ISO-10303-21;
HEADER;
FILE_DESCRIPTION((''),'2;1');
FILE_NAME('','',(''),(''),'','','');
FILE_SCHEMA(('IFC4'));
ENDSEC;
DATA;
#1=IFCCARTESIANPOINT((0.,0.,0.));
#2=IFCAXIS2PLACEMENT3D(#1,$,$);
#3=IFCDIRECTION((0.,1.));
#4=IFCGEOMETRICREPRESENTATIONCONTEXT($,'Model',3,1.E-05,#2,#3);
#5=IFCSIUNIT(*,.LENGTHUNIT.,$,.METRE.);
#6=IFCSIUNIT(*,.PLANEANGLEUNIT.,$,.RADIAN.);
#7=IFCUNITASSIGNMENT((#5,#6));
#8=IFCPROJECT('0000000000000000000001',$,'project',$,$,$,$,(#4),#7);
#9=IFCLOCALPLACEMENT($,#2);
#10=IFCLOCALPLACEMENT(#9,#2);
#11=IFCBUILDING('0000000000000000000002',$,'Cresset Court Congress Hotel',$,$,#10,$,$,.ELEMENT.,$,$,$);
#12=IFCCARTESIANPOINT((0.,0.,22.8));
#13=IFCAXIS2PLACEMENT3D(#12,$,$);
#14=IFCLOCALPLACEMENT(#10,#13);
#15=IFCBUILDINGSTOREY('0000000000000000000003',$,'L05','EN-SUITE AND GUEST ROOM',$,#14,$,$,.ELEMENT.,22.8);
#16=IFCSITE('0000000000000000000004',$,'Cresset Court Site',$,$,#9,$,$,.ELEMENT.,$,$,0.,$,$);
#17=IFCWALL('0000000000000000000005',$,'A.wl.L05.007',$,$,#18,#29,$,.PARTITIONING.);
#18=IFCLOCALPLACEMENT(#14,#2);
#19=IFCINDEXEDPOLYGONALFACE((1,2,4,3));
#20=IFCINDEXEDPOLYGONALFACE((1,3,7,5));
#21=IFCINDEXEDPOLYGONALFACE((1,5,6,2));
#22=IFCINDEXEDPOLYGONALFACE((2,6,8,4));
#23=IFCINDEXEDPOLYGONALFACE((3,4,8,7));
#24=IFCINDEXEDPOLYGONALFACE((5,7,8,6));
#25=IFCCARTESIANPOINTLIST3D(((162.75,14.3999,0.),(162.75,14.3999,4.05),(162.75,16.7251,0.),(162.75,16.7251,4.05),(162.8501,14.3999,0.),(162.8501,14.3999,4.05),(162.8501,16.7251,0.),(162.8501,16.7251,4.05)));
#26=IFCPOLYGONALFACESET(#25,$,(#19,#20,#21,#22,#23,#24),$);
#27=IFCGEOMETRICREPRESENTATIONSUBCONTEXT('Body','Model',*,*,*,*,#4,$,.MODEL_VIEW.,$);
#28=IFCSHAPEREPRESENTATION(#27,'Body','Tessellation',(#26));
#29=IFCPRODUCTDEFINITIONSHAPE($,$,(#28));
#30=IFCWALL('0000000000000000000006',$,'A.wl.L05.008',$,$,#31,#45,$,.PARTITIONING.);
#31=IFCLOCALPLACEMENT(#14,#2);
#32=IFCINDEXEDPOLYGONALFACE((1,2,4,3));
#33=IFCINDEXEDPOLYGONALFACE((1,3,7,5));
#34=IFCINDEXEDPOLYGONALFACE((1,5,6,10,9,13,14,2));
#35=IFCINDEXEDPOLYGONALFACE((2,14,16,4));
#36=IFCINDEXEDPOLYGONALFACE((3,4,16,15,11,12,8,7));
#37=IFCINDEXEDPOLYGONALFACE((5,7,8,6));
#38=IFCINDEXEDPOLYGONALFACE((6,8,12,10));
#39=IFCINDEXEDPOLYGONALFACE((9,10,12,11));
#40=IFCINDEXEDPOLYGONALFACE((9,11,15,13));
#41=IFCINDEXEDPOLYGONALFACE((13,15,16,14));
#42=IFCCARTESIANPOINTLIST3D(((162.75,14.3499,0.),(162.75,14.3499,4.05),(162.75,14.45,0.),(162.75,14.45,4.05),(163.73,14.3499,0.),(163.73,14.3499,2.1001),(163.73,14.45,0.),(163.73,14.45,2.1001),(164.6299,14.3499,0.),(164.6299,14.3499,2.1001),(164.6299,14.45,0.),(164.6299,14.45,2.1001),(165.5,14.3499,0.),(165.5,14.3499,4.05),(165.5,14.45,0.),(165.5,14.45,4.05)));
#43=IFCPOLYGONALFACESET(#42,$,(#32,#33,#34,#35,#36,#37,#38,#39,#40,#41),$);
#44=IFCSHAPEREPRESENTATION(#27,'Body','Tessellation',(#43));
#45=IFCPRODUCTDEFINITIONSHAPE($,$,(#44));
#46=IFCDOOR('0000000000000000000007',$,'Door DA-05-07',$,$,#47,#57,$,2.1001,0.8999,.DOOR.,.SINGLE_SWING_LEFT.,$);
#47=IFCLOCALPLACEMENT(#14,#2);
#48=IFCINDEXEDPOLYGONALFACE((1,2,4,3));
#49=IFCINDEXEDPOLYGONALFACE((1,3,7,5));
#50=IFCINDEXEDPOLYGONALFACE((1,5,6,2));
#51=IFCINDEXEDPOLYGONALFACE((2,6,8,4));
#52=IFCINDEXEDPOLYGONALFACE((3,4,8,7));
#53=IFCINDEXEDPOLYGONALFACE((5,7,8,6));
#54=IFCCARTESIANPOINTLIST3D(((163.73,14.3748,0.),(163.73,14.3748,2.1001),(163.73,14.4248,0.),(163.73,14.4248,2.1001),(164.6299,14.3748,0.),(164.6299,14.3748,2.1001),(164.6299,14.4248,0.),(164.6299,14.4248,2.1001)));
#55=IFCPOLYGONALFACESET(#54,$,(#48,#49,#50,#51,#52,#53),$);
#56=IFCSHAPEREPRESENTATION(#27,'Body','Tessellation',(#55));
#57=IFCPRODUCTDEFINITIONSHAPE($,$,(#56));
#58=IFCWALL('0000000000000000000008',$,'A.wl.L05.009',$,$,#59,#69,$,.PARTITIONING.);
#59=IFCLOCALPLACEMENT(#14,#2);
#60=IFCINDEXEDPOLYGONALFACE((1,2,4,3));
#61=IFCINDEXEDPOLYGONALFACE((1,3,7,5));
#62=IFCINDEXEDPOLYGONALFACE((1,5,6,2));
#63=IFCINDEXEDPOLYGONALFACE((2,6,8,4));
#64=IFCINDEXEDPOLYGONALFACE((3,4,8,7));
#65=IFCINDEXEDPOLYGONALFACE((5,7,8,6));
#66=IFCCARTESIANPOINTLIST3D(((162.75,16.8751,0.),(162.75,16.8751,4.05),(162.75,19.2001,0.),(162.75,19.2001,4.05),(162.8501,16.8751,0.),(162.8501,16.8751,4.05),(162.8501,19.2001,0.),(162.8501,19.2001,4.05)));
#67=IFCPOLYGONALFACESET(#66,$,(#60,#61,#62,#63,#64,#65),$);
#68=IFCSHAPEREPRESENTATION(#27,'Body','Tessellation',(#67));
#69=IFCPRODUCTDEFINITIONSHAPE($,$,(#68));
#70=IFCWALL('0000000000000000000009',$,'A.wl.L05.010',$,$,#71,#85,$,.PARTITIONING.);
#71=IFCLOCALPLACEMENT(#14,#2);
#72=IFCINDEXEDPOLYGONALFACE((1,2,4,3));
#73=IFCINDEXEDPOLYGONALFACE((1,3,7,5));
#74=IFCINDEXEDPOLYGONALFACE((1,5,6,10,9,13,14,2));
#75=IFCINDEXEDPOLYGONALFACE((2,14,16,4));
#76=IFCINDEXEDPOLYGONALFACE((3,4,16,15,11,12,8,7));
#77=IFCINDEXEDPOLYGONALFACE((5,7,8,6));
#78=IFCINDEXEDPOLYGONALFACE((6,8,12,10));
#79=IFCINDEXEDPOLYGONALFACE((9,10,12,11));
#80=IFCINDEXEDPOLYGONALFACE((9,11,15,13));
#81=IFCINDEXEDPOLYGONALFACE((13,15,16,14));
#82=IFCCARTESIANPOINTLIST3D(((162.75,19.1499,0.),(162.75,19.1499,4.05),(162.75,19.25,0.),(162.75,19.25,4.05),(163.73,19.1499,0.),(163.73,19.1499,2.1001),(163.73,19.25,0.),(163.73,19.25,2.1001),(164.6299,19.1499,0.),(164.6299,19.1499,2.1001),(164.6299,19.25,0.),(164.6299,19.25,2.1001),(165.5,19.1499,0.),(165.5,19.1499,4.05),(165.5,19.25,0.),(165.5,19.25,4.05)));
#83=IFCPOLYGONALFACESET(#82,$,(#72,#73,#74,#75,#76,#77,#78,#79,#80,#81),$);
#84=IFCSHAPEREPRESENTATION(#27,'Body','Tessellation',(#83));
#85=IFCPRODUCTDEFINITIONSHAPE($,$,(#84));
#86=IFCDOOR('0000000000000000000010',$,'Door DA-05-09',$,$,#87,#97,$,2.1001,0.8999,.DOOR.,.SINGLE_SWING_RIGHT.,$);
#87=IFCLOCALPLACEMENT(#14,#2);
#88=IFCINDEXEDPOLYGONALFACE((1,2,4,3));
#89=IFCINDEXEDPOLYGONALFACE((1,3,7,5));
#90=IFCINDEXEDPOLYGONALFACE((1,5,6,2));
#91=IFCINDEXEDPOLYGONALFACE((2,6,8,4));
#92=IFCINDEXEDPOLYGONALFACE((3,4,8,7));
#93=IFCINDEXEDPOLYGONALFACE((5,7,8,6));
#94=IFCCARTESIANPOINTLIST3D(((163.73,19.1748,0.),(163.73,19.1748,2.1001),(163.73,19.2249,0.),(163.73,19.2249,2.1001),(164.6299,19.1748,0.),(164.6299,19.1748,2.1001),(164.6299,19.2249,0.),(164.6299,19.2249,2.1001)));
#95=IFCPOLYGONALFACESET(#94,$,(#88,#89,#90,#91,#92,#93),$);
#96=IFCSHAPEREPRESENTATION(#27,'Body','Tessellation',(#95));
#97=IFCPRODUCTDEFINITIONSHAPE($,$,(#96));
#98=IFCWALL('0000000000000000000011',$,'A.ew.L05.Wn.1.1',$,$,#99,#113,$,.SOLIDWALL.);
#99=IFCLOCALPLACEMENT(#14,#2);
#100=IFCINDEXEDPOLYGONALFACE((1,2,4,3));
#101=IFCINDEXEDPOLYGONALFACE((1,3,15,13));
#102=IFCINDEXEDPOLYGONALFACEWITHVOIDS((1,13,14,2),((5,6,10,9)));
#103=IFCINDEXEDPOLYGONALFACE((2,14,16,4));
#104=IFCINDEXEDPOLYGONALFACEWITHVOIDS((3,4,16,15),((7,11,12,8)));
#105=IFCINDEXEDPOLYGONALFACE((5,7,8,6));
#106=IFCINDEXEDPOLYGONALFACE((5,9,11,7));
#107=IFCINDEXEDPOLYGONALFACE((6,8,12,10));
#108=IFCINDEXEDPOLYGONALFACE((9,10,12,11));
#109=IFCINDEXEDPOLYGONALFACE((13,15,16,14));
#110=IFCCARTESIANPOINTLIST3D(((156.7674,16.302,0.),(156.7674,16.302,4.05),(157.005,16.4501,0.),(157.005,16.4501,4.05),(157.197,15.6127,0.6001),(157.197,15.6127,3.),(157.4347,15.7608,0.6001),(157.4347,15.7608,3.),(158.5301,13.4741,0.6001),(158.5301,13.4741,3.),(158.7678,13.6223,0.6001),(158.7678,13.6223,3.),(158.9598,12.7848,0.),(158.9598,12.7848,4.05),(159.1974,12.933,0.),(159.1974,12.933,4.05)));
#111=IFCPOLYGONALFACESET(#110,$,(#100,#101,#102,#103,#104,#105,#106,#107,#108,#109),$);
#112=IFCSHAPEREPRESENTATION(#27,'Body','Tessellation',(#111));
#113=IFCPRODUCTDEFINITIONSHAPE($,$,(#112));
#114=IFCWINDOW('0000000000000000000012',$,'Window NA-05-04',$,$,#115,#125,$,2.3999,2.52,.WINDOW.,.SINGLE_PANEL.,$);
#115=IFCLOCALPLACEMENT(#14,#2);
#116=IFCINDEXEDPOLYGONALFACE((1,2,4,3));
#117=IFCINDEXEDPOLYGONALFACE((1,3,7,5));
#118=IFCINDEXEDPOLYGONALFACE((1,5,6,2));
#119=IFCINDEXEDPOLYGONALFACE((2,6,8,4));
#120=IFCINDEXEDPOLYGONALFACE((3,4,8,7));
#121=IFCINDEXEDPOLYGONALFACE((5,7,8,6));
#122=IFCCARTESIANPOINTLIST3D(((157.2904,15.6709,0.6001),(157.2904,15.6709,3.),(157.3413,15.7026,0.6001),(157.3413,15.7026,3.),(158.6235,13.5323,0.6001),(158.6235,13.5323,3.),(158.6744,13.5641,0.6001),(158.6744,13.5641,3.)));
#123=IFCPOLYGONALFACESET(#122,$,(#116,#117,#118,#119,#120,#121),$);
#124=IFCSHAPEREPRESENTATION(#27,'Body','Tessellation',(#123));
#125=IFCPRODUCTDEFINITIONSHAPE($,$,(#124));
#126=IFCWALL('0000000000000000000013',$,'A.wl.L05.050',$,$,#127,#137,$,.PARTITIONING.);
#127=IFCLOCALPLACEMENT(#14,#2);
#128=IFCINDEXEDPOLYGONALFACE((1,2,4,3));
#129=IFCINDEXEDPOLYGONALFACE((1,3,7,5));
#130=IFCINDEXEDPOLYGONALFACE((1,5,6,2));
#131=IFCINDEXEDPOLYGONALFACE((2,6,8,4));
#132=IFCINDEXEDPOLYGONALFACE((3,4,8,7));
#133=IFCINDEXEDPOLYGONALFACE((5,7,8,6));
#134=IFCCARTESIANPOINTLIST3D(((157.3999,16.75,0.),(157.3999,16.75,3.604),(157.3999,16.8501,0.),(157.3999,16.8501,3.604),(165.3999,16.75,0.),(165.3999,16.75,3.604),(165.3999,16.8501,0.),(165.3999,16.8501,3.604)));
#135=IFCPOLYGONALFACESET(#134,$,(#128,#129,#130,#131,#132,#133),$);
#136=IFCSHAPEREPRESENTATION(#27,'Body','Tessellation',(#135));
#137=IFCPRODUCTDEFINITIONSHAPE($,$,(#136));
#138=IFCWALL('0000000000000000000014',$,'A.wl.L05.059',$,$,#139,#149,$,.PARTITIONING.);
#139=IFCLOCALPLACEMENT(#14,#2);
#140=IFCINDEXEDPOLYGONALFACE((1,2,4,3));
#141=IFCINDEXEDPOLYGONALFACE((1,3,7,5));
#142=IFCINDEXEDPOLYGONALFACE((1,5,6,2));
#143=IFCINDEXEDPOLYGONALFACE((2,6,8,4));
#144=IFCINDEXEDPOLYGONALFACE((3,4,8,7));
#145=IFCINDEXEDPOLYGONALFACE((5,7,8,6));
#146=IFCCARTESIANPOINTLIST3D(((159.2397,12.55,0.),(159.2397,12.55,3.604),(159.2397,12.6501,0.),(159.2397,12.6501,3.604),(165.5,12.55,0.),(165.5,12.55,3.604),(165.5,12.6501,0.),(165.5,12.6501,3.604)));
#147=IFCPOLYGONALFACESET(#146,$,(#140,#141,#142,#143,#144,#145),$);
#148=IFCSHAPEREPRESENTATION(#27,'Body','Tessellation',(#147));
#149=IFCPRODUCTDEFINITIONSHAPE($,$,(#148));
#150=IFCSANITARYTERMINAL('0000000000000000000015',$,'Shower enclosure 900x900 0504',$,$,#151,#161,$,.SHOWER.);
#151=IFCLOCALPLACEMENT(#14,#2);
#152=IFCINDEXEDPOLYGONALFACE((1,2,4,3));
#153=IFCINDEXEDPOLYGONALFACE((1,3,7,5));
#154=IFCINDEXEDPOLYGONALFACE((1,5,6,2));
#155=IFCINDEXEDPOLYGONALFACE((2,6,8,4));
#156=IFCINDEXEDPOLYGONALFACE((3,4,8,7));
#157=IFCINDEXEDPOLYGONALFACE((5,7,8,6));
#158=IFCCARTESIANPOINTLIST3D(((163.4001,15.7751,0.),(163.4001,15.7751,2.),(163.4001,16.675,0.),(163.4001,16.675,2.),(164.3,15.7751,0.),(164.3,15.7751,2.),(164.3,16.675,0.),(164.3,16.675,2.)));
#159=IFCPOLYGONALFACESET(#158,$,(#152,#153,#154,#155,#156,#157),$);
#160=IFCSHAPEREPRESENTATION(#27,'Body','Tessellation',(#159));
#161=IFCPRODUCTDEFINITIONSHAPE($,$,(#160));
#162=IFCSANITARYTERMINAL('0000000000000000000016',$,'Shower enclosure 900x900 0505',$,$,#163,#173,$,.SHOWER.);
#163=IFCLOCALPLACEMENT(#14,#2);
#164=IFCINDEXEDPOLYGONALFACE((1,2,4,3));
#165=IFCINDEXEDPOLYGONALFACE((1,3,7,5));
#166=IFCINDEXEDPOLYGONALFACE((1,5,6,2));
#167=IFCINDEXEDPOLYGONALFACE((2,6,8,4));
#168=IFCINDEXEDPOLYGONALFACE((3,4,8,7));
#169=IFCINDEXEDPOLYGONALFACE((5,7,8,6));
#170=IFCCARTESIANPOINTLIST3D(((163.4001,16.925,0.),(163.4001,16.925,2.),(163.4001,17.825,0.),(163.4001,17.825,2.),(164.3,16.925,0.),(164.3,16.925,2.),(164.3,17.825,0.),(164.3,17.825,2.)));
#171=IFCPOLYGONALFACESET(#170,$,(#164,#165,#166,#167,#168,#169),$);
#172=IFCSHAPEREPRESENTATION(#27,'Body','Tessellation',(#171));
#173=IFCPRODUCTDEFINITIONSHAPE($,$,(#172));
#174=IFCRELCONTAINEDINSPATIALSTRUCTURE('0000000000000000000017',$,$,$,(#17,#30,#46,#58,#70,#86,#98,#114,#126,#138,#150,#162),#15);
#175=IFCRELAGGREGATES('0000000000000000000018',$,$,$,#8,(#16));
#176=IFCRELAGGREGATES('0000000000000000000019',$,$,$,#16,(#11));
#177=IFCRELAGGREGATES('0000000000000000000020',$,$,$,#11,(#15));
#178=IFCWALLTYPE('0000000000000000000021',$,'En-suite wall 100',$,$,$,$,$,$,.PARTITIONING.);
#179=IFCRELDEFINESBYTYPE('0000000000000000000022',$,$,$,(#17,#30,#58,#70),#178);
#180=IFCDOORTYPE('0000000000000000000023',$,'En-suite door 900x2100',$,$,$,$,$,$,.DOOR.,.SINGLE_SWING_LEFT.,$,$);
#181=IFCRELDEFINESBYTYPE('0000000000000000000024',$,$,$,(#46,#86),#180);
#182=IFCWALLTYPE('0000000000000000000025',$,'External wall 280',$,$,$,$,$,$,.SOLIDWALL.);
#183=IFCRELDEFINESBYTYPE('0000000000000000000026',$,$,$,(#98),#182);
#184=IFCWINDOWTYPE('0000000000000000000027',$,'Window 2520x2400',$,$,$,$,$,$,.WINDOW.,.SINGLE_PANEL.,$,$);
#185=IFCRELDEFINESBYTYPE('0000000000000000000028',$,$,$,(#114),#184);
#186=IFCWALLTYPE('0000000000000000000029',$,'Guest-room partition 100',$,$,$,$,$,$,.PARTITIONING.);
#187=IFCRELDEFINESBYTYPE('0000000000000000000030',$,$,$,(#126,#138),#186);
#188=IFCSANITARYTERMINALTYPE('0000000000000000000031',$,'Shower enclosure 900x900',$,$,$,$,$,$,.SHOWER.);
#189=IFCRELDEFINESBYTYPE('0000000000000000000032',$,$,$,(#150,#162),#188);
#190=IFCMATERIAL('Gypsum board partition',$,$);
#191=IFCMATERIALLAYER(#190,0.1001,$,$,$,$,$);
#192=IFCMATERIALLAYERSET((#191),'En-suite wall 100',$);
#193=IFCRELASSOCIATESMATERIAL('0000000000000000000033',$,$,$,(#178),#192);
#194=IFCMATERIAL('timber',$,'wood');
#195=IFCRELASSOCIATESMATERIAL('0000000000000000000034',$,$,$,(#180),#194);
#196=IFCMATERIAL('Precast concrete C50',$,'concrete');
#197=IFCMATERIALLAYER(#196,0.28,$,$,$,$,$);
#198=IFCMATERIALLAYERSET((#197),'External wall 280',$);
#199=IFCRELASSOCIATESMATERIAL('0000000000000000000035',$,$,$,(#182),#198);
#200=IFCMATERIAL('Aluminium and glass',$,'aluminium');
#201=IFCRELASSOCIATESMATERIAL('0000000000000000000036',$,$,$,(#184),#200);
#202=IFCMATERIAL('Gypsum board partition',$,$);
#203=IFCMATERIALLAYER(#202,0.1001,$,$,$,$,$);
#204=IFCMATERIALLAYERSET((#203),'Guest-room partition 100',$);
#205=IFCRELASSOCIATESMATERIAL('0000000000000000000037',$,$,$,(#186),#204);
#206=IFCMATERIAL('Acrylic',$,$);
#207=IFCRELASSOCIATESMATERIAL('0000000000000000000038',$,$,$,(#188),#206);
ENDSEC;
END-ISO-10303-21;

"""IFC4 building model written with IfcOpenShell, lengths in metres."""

from ifc_helpers import new_model, si_unit, direction, frame, frame_2d, origin, origin_2d, place, context, subcontext, project, spatial, rectangle, extrude, material, layer, layer_set, type_object, element, fill, save


model = new_model("IFC4")

# Units and contexts
model_context = context("Model", 3, precision=1e-05, world=origin(), true_north=direction((0.0, 1.0)))
body_context = subcontext(model_context, "Body", "Model", "MODEL_VIEW")
ifc_project = project(units=[si_unit("LENGTHUNIT", "METRE"), si_unit("PLANEANGLEUNIT", "RADIAN")], contexts=[model_context])

# Site, building, storey
site_placement = place(None, origin())
site = spatial("IfcSite", under=ifc_project, at=site_placement, Name="Cresset Court Site", CompositionType="ELEMENT", RefElevation=0.0)
building_placement = place(site_placement, origin())
building = spatial("IfcBuilding", under=site, at=building_placement, Name="Cresset Court Congress Hotel", CompositionType="ELEMENT")
storey_placement = place(building_placement, frame((0.0, 0.0, 22.8)))
storey = spatial("IfcBuildingStorey", under=building, at=storey_placement, Name="L05", Description="EN-SUITE AND GUEST ROOM", CompositionType="ELEMENT", Elevation=22.8)

# Wall
ifc_material_1 = material(Name="Gypsum board partition")
ifc_layer_1 = layer(ifc_material_1, 0.1001)
ifc_layer_set_1 = layer_set([ifc_layer_1], Name="En-suite wall 100")
wall_type_1 = type_object("IfcWallType", Name="En-suite wall 100", PredefinedType="PARTITIONING", material=ifc_layer_set_1)
wall_1_placement = place(storey_placement, frame((162.8, 14.3999, 0.0), z_axis=(0.0, 0.0, 1.0), x_axis=(0.0, 1.0, 0.0)))
element("IfcWall", 1, at=wall_1_placement, inside=storey, type_object=wall_type_1, Name="A.wl.L05.007", PredefinedType="PARTITIONING", context=body_context, shape_type="SweptSolid", body=[
    extrude(rectangle(XDim=2.3252, YDim=0.1001, at=frame_2d((1.1626, 0.0))), origin(), (0.0, 0.0, 1.0), 4.05),
])

# Wall, opening, door
wall_2_placement = place(storey_placement, frame((162.75, 14.3999, 0.0), z_axis=(0.0, 0.0, 1.0), x_axis=(1.0, 0.0, 0.0)))
wall_2 = element("IfcWall", 2, at=wall_2_placement, inside=storey, type_object=wall_type_1, Name="A.wl.L05.008", PredefinedType="PARTITIONING", context=body_context, shape_type="SweptSolid", body=[
    extrude(rectangle(XDim=2.75, YDim=0.1001, at=frame_2d((1.375, 0.0))), origin(), (0.0, 0.0, 1.0), 4.05),
])
opening_1_placement = place(wall_2_placement, frame((0.98, 0.0, 0.0)))
opening_1 = element("IfcOpeningElement", 3, at=opening_1_placement, cuts=wall_2, PredefinedType="OPENING", context=body_context, shape_type="SweptSolid", body=[
    extrude(rectangle(XDim=0.8999, YDim=2.1001, at=frame_2d((0.45, 1.05))), frame((0.0, 0.0601, 0.0), z_axis=(0.0, -1.0, 0.0), x_axis=(1.0, 0.0, 0.0)), (0.0, 0.0, 1.0), 0.1201),
])
ifc_material_2 = material(Name="timber", Category="wood")
door_type = type_object("IfcDoorType", Name="En-suite door 900x2100", OperationType="SINGLE_SWING_LEFT", PredefinedType="DOOR", material=ifc_material_2)
door_1_placement = place(opening_1_placement, origin())
door_1 = element("IfcDoor", 4, at=door_1_placement, inside=storey, type_object=door_type, Name="Door DA-05-07", OperationType="SINGLE_SWING_LEFT", OverallHeight=2.1001, OverallWidth=0.8999, PredefinedType="DOOR", context=body_context, shape_type="SweptSolid", body=[
    extrude(rectangle(XDim=0.8999, YDim=2.1001, at=frame_2d((0.45, 1.05))), frame((0.0, 0.0249, 0.0), z_axis=(0.0, -1.0, 0.0), x_axis=(1.0, 0.0, 0.0)), (0.0, 0.0, 1.0), 0.05),
])
fill(opening_1, door_1)

# Wall
wall_3_placement = place(storey_placement, frame((162.8, 16.875, 0.0), z_axis=(0.0, 0.0, 1.0), x_axis=(0.0, 1.0, 0.0)))
element("IfcWall", 5, at=wall_3_placement, inside=storey, type_object=wall_type_1, Name="A.wl.L05.009", PredefinedType="PARTITIONING", context=body_context, shape_type="SweptSolid", body=[
    extrude(rectangle(XDim=2.325, YDim=0.1001, at=frame_2d((1.1626, 0.0))), origin(), (0.0, 0.0, 1.0), 4.05),
])

# Wall, opening, door
wall_4_placement = place(storey_placement, frame((162.75, 19.2, 0.0), z_axis=(0.0, 0.0, 1.0), x_axis=(1.0, 0.0, 0.0)))
wall_4 = element("IfcWall", 6, at=wall_4_placement, inside=storey, type_object=wall_type_1, Name="A.wl.L05.010", PredefinedType="PARTITIONING", context=body_context, shape_type="SweptSolid", body=[
    extrude(rectangle(XDim=2.75, YDim=0.1001, at=frame_2d((1.375, 0.0))), origin(), (0.0, 0.0, 1.0), 4.05),
])
opening_2_placement = place(wall_4_placement, frame((0.98, 0.0, 0.0)))
opening_2 = element("IfcOpeningElement", 7, at=opening_2_placement, cuts=wall_4, PredefinedType="OPENING", context=body_context, shape_type="SweptSolid", body=[
    extrude(rectangle(XDim=0.8999, YDim=2.1001, at=frame_2d((0.45, 1.05))), frame((0.0, 0.0601, 0.0), z_axis=(0.0, -1.0, 0.0), x_axis=(1.0, 0.0, 0.0)), (0.0, 0.0, 1.0), 0.1201),
])
door_2_placement = place(opening_2_placement, origin())
door_2 = element("IfcDoor", 8, at=door_2_placement, inside=storey, type_object=door_type, Name="Door DA-05-09", OperationType="SINGLE_SWING_RIGHT", OverallHeight=2.1001, OverallWidth=0.8999, PredefinedType="DOOR", context=body_context, shape_type="SweptSolid", body=[
    extrude(rectangle(XDim=0.8999, YDim=2.1001, at=frame_2d((0.45, 1.05))), frame((0.0, 0.0249, 0.0), z_axis=(0.0, -1.0, 0.0), x_axis=(1.0, 0.0, 0.0)), (0.0, 0.0, 1.0), 0.05),
])
fill(opening_2, door_2)

# Wall, opening, window
ifc_material_3 = material(Name="Precast concrete C50", Category="concrete")
ifc_layer_2 = layer(ifc_material_3, 0.28)
ifc_layer_set_2 = layer_set([ifc_layer_2], Name="External wall 280")
wall_type_2 = type_object("IfcWallType", Name="External wall 280", PredefinedType="SOLIDWALL", material=ifc_layer_set_2)
wall_5_placement = place(storey_placement, frame((159.0786, 12.8589, 0.0), z_axis=(0.0, 0.0, 1.0), x_axis=(-0.528993, 0.848626, 0.0)))
wall_5 = element("IfcWall", 9, at=wall_5_placement, inside=storey, type_object=wall_type_2, Name="A.ew.L05.Wn.1.1", PredefinedType="SOLIDWALL", context=body_context, shape_type="SweptSolid", body=[
    extrude(rectangle(XDim=4.1445, YDim=0.28, at=frame_2d((2.0723, 0.0))), origin(), (0.0, 0.0, 1.0), 4.05),
])
opening_3_placement = place(wall_5_placement, frame((0.8123, 0.0, 0.6001)))
opening_3 = element("IfcOpeningElement", 10, at=opening_3_placement, cuts=wall_5, PredefinedType="OPENING", context=body_context, shape_type="SweptSolid", body=[
    extrude(rectangle(XDim=2.52, YDim=2.3999, at=frame_2d((1.26, 1.2))), frame((0.0, 0.1499, 0.0), z_axis=(0.0, -1.0, 0.0), x_axis=(1.0, 0.0, 0.0)), (0.0, 0.0, 1.0), 0.3),
])
ifc_material_4 = material(Name="Aluminium and glass", Category="aluminium")
window_type = type_object("IfcWindowType", Name="Window 2520x2400", PartitioningType="SINGLE_PANEL", PredefinedType="WINDOW", material=ifc_material_4)
window_placement = place(opening_3_placement, origin())
window = element("IfcWindow", 11, at=window_placement, inside=storey, type_object=window_type, Name="Window NA-05-04", OverallHeight=2.3999, OverallWidth=2.52, PartitioningType="SINGLE_PANEL", PredefinedType="WINDOW", context=body_context, shape_type="SweptSolid", body=[
    extrude(rectangle(XDim=2.52, YDim=2.3999, at=frame_2d((1.26, 1.2))), frame((0.0, 0.03, 0.0), z_axis=(0.0, -1.0, 0.0), x_axis=(1.0, 0.0, 0.0)), (0.0, 0.0, 1.0), 0.0601),
])
fill(opening_3, window)

# Walls
ifc_material_5 = material(Name="Gypsum board partition")
ifc_layer_3 = layer(ifc_material_5, 0.1001)
ifc_layer_set_3 = layer_set([ifc_layer_3], Name="Guest-room partition 100")
wall_type_3 = type_object("IfcWallType", Name="Guest-room partition 100", PredefinedType="PARTITIONING", material=ifc_layer_set_3)
wall_6_placement = place(storey_placement, frame((157.3999, 16.8, 0.0), z_axis=(0.0, 0.0, 1.0), x_axis=(1.0, 0.0, 0.0)))
element("IfcWall", 12, at=wall_6_placement, inside=storey, type_object=wall_type_3, Name="A.wl.L05.050", PredefinedType="PARTITIONING", context=body_context, shape_type="SweptSolid", body=[
    extrude(rectangle(XDim=8.0, YDim=0.1001, at=frame_2d((4.0, 0.0))), origin(), (0.0, 0.0, 1.0), 3.604),
])
wall_7_placement = place(storey_placement, frame((159.2397, 12.6001, 0.0), z_axis=(0.0, 0.0, 1.0), x_axis=(1.0, 0.0, 0.0)))
element("IfcWall", 13, at=wall_7_placement, inside=storey, type_object=wall_type_3, Name="A.wl.L05.059", PredefinedType="PARTITIONING", context=body_context, shape_type="SweptSolid", body=[
    extrude(rectangle(XDim=6.2603, YDim=0.1001, at=frame_2d((3.1301, 0.0))), origin(), (0.0, 0.0, 1.0), 3.604),
])

# Sanitary terminals
ifc_material_6 = material(Name="Acrylic")
sanitary_terminal_type_1 = type_object("IfcSanitaryTerminalType", Name="Shower enclosure 900x900", PredefinedType="SHOWER", material=ifc_material_6)
for number, where, z_axis, x_axis, name in (
    (14, (163.8501, 16.2251, 0.0), (0.0, 0.0, 1.0), (1.0, 0.0, 0.0), "Shower enclosure 900x900 0504"),
    (15, (163.8501, 17.375, 0.0), (0.0, 0.0, 1.0), (1.0, 0.0, 0.0), "Shower enclosure 900x900 0505"),
):
    element("IfcSanitaryTerminal", number, at=place(storey_placement, frame(where, z_axis=z_axis, x_axis=x_axis)), inside=storey, type_object=sanitary_terminal_type_1, Name=name, PredefinedType="SHOWER", context=body_context, shape_type="SweptSolid", body=[
        extrude(rectangle(XDim=0.8999, YDim=0.8999, at=origin_2d()), origin(), (0.0, 0.0, 1.0), 2.0),
    ])

save(model, "model.ifc")
